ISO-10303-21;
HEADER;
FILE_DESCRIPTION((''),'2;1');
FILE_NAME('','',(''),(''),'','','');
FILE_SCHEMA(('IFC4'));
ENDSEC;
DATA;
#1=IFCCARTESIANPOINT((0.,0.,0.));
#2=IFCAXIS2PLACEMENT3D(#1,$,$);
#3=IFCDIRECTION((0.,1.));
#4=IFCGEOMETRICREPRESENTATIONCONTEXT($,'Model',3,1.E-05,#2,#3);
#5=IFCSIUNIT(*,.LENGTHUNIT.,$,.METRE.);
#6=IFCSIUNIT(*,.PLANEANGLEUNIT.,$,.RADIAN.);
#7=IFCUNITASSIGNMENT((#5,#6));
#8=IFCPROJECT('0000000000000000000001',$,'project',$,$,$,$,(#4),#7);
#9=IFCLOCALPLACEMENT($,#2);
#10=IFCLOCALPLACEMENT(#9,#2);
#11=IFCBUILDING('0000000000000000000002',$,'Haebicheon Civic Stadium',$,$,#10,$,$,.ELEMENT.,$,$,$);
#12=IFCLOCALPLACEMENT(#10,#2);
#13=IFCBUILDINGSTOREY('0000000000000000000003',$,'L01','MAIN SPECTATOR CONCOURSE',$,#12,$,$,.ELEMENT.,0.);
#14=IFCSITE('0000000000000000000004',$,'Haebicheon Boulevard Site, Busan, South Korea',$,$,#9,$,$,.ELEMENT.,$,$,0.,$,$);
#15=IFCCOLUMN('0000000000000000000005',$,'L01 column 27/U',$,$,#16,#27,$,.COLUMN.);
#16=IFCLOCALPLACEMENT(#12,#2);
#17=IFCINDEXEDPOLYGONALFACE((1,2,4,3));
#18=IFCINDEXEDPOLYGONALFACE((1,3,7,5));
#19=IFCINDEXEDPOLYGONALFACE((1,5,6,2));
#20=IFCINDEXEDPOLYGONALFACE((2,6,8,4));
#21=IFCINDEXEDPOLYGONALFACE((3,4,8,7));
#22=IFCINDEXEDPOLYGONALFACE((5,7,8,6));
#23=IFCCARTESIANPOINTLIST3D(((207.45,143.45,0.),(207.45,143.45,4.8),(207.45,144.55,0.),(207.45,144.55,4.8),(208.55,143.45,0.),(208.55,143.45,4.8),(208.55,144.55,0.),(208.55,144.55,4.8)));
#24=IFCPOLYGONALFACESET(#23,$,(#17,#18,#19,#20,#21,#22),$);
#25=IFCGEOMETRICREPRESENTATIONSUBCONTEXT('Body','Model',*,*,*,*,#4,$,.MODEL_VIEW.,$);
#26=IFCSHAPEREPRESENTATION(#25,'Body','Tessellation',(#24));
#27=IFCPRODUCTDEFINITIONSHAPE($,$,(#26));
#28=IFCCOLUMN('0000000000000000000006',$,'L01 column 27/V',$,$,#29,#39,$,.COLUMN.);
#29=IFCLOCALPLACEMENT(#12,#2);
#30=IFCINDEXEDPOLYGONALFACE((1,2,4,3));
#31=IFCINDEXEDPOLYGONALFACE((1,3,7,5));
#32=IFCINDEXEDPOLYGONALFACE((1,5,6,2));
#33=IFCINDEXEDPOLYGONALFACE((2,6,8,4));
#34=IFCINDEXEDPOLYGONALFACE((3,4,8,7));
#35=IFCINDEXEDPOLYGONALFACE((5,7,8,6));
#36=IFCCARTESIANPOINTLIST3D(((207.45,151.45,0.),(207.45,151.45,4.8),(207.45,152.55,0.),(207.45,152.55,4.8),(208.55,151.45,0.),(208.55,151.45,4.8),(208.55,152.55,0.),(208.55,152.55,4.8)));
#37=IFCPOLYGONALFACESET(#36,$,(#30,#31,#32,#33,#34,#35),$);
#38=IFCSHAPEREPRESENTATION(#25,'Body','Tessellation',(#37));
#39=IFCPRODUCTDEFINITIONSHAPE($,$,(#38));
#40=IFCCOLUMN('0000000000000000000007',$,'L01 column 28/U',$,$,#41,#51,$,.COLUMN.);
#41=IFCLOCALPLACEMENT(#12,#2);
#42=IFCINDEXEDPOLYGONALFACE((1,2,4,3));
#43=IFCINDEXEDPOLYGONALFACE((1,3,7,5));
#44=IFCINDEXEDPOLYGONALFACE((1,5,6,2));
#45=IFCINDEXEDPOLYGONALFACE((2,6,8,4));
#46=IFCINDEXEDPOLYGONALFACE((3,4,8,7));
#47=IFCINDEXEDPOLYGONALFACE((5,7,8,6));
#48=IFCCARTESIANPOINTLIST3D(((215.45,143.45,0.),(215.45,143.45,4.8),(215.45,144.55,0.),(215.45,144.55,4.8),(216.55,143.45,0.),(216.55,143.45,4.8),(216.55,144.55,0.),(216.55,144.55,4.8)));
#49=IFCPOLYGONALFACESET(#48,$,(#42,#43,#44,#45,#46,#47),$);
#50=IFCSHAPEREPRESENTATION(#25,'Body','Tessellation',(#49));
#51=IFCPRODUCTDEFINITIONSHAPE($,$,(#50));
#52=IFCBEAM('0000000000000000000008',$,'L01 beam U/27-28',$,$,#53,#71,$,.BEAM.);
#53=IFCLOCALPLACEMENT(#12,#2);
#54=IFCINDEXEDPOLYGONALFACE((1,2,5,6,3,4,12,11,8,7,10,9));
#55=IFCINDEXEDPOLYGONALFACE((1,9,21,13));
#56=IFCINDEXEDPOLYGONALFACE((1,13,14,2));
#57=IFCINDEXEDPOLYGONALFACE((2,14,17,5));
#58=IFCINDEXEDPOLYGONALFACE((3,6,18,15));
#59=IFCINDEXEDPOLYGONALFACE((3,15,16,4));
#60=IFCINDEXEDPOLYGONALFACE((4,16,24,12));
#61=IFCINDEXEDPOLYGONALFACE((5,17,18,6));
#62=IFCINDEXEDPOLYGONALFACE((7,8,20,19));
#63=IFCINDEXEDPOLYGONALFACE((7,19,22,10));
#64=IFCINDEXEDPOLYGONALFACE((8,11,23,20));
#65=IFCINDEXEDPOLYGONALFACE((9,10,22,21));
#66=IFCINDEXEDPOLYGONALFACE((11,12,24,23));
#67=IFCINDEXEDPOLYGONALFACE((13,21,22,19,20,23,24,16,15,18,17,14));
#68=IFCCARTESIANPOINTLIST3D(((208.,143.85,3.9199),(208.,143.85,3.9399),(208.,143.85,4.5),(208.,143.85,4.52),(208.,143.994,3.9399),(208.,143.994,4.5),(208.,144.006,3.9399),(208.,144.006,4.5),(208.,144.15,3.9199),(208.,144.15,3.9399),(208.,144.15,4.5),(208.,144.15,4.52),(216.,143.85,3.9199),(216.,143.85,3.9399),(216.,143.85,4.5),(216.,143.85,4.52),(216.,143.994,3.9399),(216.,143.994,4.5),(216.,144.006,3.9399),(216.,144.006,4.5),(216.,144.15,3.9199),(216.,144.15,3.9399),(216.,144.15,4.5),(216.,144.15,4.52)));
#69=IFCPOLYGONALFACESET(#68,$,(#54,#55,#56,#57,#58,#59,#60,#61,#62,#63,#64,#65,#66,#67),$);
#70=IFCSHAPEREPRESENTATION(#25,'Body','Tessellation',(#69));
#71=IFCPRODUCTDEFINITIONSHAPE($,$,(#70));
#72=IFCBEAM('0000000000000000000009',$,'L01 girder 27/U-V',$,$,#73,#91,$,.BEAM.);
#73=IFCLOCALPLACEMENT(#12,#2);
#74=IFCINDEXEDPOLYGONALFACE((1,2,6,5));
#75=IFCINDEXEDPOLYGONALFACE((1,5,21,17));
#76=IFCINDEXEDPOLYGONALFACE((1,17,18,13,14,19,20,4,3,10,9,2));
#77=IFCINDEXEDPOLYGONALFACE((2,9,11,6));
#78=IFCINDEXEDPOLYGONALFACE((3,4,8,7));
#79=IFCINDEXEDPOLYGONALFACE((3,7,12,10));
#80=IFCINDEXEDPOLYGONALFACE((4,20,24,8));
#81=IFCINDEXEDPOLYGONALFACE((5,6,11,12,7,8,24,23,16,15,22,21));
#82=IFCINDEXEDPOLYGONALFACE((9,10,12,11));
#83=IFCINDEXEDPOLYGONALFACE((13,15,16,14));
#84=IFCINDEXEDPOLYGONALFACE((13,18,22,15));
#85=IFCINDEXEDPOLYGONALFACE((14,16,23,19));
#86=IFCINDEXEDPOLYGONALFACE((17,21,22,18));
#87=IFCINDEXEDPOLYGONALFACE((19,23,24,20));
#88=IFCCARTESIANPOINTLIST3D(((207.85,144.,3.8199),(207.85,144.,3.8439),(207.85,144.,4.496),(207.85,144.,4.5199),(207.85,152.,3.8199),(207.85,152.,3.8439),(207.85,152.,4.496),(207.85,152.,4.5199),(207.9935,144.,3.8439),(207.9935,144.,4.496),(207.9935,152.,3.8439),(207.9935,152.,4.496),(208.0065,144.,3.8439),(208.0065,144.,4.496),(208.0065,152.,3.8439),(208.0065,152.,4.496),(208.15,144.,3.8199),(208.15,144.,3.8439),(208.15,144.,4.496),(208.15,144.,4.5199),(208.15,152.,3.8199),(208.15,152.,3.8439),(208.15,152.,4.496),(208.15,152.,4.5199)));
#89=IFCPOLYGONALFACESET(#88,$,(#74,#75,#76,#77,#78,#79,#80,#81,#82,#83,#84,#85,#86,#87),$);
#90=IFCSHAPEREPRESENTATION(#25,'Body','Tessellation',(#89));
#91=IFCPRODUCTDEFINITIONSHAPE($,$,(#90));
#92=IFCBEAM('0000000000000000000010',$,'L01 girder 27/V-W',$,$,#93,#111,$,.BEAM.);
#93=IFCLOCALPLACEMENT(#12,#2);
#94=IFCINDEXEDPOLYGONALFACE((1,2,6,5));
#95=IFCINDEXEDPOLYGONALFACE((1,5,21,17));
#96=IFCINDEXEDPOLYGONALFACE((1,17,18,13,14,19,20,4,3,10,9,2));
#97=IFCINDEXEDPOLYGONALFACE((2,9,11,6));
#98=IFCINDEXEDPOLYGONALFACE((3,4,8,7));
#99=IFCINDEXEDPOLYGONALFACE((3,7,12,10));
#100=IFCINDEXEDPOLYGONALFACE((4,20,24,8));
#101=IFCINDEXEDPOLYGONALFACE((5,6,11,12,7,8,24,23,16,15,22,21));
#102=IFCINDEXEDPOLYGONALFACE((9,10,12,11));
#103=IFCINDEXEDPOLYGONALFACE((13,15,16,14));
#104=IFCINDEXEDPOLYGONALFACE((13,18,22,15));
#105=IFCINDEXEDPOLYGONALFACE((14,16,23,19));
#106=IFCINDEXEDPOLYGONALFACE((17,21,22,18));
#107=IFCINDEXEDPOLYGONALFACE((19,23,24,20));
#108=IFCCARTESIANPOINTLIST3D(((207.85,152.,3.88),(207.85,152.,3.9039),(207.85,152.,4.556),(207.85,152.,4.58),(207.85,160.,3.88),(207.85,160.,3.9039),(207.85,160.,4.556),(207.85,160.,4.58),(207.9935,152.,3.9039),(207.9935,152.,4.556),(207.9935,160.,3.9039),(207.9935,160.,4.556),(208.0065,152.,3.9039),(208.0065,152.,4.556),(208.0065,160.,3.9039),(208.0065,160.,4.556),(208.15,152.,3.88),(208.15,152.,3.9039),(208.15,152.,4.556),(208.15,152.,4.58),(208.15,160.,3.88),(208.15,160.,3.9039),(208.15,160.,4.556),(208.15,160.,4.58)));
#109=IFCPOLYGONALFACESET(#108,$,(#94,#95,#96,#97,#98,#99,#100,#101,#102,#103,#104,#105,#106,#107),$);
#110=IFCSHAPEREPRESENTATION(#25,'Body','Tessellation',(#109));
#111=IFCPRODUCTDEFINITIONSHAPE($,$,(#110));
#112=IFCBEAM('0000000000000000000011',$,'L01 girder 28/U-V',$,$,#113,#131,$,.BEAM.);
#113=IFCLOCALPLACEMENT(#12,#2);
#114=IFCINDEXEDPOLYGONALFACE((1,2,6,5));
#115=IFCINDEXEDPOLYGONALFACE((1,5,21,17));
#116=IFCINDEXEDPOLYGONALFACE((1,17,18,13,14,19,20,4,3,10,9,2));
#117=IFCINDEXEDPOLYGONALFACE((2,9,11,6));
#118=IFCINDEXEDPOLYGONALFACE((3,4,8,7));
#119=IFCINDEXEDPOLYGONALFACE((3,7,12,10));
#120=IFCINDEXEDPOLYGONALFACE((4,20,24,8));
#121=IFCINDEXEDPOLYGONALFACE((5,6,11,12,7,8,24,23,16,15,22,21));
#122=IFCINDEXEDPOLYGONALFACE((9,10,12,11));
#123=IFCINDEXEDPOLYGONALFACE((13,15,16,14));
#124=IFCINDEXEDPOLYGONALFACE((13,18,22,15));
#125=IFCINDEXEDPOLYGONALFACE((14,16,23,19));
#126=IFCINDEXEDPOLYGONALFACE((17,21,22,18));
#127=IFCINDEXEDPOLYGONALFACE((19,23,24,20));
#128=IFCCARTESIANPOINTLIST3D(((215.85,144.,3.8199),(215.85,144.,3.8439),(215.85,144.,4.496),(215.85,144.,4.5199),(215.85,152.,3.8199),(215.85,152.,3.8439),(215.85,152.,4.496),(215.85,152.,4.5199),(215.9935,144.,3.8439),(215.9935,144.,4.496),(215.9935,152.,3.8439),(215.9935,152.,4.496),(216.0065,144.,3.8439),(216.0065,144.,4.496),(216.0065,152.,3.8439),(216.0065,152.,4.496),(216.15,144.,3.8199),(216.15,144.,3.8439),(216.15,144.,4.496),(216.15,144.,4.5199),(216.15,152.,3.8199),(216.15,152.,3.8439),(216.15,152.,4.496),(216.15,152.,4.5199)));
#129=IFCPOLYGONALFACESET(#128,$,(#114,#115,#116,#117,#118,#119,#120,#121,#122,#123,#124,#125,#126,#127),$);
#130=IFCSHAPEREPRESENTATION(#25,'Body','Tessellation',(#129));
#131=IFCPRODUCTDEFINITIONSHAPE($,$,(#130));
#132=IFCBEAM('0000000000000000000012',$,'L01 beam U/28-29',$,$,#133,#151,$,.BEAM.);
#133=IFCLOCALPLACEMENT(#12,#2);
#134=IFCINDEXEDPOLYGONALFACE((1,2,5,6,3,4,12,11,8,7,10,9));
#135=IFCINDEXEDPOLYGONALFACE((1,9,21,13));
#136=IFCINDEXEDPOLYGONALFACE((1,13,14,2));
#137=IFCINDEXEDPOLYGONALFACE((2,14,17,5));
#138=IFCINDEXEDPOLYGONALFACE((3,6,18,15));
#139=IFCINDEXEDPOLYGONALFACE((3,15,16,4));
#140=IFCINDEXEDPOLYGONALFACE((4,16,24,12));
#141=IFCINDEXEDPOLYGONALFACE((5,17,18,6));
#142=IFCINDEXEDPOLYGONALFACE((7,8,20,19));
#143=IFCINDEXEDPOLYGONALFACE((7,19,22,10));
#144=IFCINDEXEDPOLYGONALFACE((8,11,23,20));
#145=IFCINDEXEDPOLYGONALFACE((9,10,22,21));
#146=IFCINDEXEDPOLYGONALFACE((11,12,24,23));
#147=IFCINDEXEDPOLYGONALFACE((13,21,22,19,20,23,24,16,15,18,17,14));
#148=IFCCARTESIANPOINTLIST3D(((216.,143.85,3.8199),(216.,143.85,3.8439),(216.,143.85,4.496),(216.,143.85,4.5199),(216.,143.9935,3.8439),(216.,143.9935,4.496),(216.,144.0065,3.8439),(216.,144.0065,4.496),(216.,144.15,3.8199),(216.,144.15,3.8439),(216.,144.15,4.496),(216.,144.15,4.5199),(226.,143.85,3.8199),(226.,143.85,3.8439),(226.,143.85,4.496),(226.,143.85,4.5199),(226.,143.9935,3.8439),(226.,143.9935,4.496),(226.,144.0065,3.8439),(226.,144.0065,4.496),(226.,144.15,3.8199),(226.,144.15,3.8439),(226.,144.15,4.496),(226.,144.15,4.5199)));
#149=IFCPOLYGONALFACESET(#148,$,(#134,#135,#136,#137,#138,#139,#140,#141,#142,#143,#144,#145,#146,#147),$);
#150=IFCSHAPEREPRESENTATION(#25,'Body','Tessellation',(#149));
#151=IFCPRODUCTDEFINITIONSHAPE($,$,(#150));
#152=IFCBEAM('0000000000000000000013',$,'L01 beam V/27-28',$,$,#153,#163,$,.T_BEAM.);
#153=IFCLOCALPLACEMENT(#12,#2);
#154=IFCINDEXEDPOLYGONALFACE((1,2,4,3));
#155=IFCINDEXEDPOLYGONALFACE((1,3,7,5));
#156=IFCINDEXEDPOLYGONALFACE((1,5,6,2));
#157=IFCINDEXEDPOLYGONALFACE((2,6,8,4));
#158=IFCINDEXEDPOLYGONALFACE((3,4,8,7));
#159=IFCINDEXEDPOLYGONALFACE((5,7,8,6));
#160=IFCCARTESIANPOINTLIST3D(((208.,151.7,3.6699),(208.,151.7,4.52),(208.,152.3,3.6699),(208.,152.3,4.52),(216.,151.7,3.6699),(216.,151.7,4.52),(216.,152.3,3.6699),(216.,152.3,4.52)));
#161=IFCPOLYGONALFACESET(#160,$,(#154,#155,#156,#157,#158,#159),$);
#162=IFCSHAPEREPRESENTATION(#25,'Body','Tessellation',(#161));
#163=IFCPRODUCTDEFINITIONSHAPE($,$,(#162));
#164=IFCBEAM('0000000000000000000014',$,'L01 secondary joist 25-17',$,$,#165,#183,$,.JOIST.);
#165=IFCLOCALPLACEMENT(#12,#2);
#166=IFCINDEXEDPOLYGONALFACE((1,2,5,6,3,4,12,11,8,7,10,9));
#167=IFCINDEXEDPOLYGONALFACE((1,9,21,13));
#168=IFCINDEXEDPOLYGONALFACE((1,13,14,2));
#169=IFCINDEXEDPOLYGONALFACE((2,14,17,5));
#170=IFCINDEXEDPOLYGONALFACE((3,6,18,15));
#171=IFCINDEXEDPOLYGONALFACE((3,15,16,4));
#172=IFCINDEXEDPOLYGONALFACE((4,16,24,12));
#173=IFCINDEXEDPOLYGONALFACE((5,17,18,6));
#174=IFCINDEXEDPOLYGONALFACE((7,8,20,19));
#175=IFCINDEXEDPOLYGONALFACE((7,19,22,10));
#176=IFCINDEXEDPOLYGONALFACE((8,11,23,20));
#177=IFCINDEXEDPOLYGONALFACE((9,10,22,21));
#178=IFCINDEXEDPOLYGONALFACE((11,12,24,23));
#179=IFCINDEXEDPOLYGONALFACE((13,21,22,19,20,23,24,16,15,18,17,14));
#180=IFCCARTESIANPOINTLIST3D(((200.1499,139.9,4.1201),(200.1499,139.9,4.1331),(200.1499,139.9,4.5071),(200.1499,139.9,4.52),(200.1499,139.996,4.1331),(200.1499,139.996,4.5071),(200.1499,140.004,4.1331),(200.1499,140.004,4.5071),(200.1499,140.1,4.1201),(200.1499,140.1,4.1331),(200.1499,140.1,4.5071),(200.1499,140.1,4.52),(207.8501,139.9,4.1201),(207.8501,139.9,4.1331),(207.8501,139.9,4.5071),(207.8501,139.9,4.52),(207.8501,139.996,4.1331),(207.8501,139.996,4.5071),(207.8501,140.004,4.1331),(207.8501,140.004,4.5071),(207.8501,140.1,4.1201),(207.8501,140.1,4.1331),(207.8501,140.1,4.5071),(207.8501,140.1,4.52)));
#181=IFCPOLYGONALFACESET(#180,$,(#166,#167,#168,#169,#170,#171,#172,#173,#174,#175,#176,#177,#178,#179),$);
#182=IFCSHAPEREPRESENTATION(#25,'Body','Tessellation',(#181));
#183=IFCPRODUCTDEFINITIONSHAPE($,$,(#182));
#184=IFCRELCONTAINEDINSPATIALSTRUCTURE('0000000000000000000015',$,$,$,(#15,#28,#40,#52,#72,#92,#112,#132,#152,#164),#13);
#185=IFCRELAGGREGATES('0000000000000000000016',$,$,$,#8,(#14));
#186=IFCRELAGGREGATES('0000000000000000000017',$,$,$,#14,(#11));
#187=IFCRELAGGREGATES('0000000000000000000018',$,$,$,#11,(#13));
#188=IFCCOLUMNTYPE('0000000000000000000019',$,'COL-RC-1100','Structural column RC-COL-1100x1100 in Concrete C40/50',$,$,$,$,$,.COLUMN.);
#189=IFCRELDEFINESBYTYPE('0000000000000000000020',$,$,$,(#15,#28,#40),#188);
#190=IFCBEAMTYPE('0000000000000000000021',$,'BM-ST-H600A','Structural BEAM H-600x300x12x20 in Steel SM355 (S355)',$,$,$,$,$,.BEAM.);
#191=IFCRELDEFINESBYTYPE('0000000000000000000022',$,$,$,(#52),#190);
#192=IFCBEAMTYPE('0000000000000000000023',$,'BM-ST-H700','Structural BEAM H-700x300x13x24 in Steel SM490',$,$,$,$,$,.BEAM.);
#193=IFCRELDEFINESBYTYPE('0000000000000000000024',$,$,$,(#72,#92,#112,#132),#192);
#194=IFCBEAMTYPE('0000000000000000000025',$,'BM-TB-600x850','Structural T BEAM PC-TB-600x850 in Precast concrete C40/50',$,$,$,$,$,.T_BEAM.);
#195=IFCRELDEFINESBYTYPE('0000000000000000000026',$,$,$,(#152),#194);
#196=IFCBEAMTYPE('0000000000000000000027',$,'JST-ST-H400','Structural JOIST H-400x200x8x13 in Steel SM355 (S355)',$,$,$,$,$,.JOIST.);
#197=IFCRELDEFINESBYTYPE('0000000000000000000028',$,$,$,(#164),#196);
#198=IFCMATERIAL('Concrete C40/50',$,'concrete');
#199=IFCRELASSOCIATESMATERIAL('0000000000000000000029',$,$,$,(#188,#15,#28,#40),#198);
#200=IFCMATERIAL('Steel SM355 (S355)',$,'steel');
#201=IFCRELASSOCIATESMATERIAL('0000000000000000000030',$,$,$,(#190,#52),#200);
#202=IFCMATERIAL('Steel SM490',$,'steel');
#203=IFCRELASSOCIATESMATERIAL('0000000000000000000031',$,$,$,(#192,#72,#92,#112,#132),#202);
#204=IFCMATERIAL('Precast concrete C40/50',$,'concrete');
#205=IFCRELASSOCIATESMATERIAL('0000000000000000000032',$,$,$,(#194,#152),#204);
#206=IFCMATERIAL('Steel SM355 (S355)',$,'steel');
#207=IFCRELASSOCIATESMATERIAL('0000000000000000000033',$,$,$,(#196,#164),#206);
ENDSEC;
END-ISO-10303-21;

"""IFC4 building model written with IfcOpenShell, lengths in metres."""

from ifc_helpers import new_model, si_unit, direction, frame, origin, origin_2d, place, context, subcontext, project, spatial, rectangle, i_section, extrude, material, material_profile, profile_set, type_object, element, save


model = new_model("IFC4")

# Units and contexts
model_context = context("Model", 3, precision=1e-05, world=origin(), true_north=direction((0.0, 1.0)))
body_context = subcontext(model_context, "Body", "Model", "MODEL_VIEW")
ifc_project = project(units=[si_unit("LENGTHUNIT", "METRE"), si_unit("PLANEANGLEUNIT", "RADIAN")], contexts=[model_context])

# Site, building, storey
site_placement = place(None, origin())
site = spatial("IfcSite", under=ifc_project, at=site_placement, Name="Haebicheon Boulevard Site, Busan, South Korea", CompositionType="ELEMENT", RefElevation=0.0)
building_placement = place(site_placement, origin())
building = spatial("IfcBuilding", under=site, at=building_placement, Name="Haebicheon Civic Stadium", CompositionType="ELEMENT")
storey_placement = place(building_placement, origin())
storey = spatial("IfcBuildingStorey", under=building, at=storey_placement, Name="L01", Description="MAIN SPECTATOR CONCOURSE", CompositionType="ELEMENT", Elevation=0.0)

# Columns
ifc_material_1 = material(Name="Concrete C40/50", Category="concrete")
ifc_material_profile_1 = material_profile(ifc_material_1, rectangle(XDim=1.1001, YDim=1.1001, at=origin_2d()), Name="RC-COL-1100x1100")
ifc_profile_set_1 = profile_set([ifc_material_profile_1], Name="Concrete C40/50")
column_type = type_object("IfcColumnType", Name="COL-RC-1100", Description="Structural column RC-COL-1100x1100 in Concrete C40/50", PredefinedType="COLUMN", material=ifc_profile_set_1)
for number, where, z_axis, x_axis, name in (
    (1, (208.0, 144.0, 0.0), (0.0, 0.0, 1.0), (1.0, 0.0, 0.0), "L01 column 27/U"),
    (2, (208.0, 152.0, 0.0), (0.0, 0.0, 1.0), (1.0, 0.0, 0.0), "L01 column 27/V"),
    (3, (216.0, 144.0, 0.0), (0.0, 0.0, 1.0), (1.0, 0.0, 0.0), "L01 column 28/U"),
):
    element("IfcColumn", number, at=place(storey_placement, frame(where, z_axis=z_axis, x_axis=x_axis)), inside=storey, type_object=column_type, material=ifc_profile_set_1, Name=name, PredefinedType="COLUMN", context=body_context, shape_type="SweptSolid", body=[
        extrude(rectangle(XDim=1.1001, YDim=1.1001, at=origin_2d()), origin(), (0.0, 0.0, 1.0), 4.8),
    ])

# Beams
ifc_material_2 = material(Name="Steel SM355 (S355)", Category="steel")
ifc_material_profile_2 = material_profile(ifc_material_2, i_section(OverallWidth=0.3, OverallDepth=0.6001, WebThickness=0.012, FlangeThickness=0.02, at=origin_2d()), Name="H-600x300x12x20")
ifc_profile_set_2 = profile_set([ifc_material_profile_2], Name="Steel SM355 (S355)")
beam_type_1 = type_object("IfcBeamType", Name="BM-ST-H600A", Description="Structural BEAM H-600x300x12x20 in Steel SM355 (S355)", PredefinedType="BEAM", material=ifc_profile_set_2)
beam_1_placement = place(storey_placement, frame((208.0, 144.0, 4.22), z_axis=(1.0, 0.0, 0.0), x_axis=(0.0, 1.0, 0.0)))
element("IfcBeam", 4, at=beam_1_placement, inside=storey, type_object=beam_type_1, material=ifc_profile_set_2, Name="L01 beam U/27-28", PredefinedType="BEAM", context=body_context, shape_type="SweptSolid", body=[
    extrude(i_section(OverallWidth=0.3, OverallDepth=0.6001, WebThickness=0.012, FlangeThickness=0.02, at=origin_2d()), origin(), (0.0, 0.0, 1.0), 8.0),
])
ifc_material_3 = material(Name="Steel SM490", Category="steel")
ifc_material_profile_3 = material_profile(ifc_material_3, i_section(OverallWidth=0.3, OverallDepth=0.7, WebThickness=0.0129, FlangeThickness=0.0239, at=origin_2d()), Name="H-700x300x13x24")
ifc_profile_set_3 = profile_set([ifc_material_profile_3], Name="Steel SM490")
beam_type_2 = type_object("IfcBeamType", Name="BM-ST-H700", Description="Structural BEAM H-700x300x13x24 in Steel SM490", PredefinedType="BEAM", material=ifc_profile_set_3)
for number, where, z_axis, x_axis, name in (
    (5, (208.0, 144.0, 4.1699), (0.0, 1.0, 0.0), (-1.0, 0.0, 0.0), "L01 girder 27/U-V"),
    (6, (208.0, 152.0, 4.23), (0.0, 1.0, 0.0), (-1.0, 0.0, 0.0), "L01 girder 27/V-W"),
    (7, (216.0, 144.0, 4.1699), (0.0, 1.0, 0.0), (-1.0, 0.0, 0.0), "L01 girder 28/U-V"),
):
    element("IfcBeam", number, at=place(storey_placement, frame(where, z_axis=z_axis, x_axis=x_axis)), inside=storey, type_object=beam_type_2, material=ifc_profile_set_3, Name=name, PredefinedType="BEAM", context=body_context, shape_type="SweptSolid", body=[
        extrude(i_section(OverallWidth=0.3, OverallDepth=0.7, WebThickness=0.0129, FlangeThickness=0.0239, at=origin_2d()), origin(), (0.0, 0.0, 1.0), 8.0),
    ])
beam_2_placement = place(storey_placement, frame((216.0, 144.0, 4.1699), z_axis=(1.0, 0.0, 0.0), x_axis=(0.0, 1.0, 0.0)))
element("IfcBeam", 8, at=beam_2_placement, inside=storey, type_object=beam_type_2, material=ifc_profile_set_3, Name="L01 beam U/28-29", PredefinedType="BEAM", context=body_context, shape_type="SweptSolid", body=[
    extrude(i_section(OverallWidth=0.3, OverallDepth=0.7, WebThickness=0.0129, FlangeThickness=0.0239, at=origin_2d()), origin(), (0.0, 0.0, 1.0), 10.0),
])
ifc_material_4 = material(Name="Precast concrete C40/50", Category="concrete")
ifc_material_profile_4 = material_profile(ifc_material_4, rectangle(XDim=0.6001, YDim=0.8501, at=origin_2d()), Name="PC-TB-600x850")
ifc_profile_set_4 = profile_set([ifc_material_profile_4], Name="Precast concrete C40/50")
beam_type_3 = type_object("IfcBeamType", Name="BM-TB-600x850", Description="Structural T BEAM PC-TB-600x850 in Precast concrete C40/50", PredefinedType="T_BEAM", material=ifc_profile_set_4)
beam_3_placement = place(storey_placement, frame((208.0, 152.0, 4.095), z_axis=(1.0, 0.0, 0.0), x_axis=(0.0, 1.0, 0.0)))
element("IfcBeam", 9, at=beam_3_placement, inside=storey, type_object=beam_type_3, material=ifc_profile_set_4, Name="L01 beam V/27-28", PredefinedType="T_BEAM", context=body_context, shape_type="SweptSolid", body=[
    extrude(rectangle(XDim=0.6001, YDim=0.8501, at=origin_2d()), origin(), (0.0, 0.0, 1.0), 8.0),
])
ifc_material_5 = material(Name="Steel SM355 (S355)", Category="steel")
ifc_material_profile_5 = material_profile(ifc_material_5, i_section(OverallWidth=0.2, OverallDepth=0.3999, WebThickness=0.0081, FlangeThickness=0.0129, at=origin_2d()), Name="H-400x200x8x13")
ifc_profile_set_5 = profile_set([ifc_material_profile_5], Name="Steel SM355 (S355)")
beam_type_4 = type_object("IfcBeamType", Name="JST-ST-H400", Description="Structural JOIST H-400x200x8x13 in Steel SM355 (S355)", PredefinedType="JOIST", material=ifc_profile_set_5)
for number, where, z_axis, x_axis, name in (
    (10, (200.1499, 140.0, 4.3201), (1.0, 0.0, 0.0), (0.0, 1.0, 0.0), "L01 secondary joist 25-17"),
):
    element("IfcBeam", number, at=place(storey_placement, frame(where, z_axis=z_axis, x_axis=x_axis)), inside=storey, type_object=beam_type_4, material=ifc_profile_set_5, Name=name, PredefinedType="JOIST", context=body_context, shape_type="SweptSolid", body=[
        extrude(i_section(OverallWidth=0.2, OverallDepth=0.3999, WebThickness=0.0081, FlangeThickness=0.0129, at=origin_2d()), origin(), (0.0, 0.0, 1.0), 7.7002),
    ])

save(model, "model.ifc")
